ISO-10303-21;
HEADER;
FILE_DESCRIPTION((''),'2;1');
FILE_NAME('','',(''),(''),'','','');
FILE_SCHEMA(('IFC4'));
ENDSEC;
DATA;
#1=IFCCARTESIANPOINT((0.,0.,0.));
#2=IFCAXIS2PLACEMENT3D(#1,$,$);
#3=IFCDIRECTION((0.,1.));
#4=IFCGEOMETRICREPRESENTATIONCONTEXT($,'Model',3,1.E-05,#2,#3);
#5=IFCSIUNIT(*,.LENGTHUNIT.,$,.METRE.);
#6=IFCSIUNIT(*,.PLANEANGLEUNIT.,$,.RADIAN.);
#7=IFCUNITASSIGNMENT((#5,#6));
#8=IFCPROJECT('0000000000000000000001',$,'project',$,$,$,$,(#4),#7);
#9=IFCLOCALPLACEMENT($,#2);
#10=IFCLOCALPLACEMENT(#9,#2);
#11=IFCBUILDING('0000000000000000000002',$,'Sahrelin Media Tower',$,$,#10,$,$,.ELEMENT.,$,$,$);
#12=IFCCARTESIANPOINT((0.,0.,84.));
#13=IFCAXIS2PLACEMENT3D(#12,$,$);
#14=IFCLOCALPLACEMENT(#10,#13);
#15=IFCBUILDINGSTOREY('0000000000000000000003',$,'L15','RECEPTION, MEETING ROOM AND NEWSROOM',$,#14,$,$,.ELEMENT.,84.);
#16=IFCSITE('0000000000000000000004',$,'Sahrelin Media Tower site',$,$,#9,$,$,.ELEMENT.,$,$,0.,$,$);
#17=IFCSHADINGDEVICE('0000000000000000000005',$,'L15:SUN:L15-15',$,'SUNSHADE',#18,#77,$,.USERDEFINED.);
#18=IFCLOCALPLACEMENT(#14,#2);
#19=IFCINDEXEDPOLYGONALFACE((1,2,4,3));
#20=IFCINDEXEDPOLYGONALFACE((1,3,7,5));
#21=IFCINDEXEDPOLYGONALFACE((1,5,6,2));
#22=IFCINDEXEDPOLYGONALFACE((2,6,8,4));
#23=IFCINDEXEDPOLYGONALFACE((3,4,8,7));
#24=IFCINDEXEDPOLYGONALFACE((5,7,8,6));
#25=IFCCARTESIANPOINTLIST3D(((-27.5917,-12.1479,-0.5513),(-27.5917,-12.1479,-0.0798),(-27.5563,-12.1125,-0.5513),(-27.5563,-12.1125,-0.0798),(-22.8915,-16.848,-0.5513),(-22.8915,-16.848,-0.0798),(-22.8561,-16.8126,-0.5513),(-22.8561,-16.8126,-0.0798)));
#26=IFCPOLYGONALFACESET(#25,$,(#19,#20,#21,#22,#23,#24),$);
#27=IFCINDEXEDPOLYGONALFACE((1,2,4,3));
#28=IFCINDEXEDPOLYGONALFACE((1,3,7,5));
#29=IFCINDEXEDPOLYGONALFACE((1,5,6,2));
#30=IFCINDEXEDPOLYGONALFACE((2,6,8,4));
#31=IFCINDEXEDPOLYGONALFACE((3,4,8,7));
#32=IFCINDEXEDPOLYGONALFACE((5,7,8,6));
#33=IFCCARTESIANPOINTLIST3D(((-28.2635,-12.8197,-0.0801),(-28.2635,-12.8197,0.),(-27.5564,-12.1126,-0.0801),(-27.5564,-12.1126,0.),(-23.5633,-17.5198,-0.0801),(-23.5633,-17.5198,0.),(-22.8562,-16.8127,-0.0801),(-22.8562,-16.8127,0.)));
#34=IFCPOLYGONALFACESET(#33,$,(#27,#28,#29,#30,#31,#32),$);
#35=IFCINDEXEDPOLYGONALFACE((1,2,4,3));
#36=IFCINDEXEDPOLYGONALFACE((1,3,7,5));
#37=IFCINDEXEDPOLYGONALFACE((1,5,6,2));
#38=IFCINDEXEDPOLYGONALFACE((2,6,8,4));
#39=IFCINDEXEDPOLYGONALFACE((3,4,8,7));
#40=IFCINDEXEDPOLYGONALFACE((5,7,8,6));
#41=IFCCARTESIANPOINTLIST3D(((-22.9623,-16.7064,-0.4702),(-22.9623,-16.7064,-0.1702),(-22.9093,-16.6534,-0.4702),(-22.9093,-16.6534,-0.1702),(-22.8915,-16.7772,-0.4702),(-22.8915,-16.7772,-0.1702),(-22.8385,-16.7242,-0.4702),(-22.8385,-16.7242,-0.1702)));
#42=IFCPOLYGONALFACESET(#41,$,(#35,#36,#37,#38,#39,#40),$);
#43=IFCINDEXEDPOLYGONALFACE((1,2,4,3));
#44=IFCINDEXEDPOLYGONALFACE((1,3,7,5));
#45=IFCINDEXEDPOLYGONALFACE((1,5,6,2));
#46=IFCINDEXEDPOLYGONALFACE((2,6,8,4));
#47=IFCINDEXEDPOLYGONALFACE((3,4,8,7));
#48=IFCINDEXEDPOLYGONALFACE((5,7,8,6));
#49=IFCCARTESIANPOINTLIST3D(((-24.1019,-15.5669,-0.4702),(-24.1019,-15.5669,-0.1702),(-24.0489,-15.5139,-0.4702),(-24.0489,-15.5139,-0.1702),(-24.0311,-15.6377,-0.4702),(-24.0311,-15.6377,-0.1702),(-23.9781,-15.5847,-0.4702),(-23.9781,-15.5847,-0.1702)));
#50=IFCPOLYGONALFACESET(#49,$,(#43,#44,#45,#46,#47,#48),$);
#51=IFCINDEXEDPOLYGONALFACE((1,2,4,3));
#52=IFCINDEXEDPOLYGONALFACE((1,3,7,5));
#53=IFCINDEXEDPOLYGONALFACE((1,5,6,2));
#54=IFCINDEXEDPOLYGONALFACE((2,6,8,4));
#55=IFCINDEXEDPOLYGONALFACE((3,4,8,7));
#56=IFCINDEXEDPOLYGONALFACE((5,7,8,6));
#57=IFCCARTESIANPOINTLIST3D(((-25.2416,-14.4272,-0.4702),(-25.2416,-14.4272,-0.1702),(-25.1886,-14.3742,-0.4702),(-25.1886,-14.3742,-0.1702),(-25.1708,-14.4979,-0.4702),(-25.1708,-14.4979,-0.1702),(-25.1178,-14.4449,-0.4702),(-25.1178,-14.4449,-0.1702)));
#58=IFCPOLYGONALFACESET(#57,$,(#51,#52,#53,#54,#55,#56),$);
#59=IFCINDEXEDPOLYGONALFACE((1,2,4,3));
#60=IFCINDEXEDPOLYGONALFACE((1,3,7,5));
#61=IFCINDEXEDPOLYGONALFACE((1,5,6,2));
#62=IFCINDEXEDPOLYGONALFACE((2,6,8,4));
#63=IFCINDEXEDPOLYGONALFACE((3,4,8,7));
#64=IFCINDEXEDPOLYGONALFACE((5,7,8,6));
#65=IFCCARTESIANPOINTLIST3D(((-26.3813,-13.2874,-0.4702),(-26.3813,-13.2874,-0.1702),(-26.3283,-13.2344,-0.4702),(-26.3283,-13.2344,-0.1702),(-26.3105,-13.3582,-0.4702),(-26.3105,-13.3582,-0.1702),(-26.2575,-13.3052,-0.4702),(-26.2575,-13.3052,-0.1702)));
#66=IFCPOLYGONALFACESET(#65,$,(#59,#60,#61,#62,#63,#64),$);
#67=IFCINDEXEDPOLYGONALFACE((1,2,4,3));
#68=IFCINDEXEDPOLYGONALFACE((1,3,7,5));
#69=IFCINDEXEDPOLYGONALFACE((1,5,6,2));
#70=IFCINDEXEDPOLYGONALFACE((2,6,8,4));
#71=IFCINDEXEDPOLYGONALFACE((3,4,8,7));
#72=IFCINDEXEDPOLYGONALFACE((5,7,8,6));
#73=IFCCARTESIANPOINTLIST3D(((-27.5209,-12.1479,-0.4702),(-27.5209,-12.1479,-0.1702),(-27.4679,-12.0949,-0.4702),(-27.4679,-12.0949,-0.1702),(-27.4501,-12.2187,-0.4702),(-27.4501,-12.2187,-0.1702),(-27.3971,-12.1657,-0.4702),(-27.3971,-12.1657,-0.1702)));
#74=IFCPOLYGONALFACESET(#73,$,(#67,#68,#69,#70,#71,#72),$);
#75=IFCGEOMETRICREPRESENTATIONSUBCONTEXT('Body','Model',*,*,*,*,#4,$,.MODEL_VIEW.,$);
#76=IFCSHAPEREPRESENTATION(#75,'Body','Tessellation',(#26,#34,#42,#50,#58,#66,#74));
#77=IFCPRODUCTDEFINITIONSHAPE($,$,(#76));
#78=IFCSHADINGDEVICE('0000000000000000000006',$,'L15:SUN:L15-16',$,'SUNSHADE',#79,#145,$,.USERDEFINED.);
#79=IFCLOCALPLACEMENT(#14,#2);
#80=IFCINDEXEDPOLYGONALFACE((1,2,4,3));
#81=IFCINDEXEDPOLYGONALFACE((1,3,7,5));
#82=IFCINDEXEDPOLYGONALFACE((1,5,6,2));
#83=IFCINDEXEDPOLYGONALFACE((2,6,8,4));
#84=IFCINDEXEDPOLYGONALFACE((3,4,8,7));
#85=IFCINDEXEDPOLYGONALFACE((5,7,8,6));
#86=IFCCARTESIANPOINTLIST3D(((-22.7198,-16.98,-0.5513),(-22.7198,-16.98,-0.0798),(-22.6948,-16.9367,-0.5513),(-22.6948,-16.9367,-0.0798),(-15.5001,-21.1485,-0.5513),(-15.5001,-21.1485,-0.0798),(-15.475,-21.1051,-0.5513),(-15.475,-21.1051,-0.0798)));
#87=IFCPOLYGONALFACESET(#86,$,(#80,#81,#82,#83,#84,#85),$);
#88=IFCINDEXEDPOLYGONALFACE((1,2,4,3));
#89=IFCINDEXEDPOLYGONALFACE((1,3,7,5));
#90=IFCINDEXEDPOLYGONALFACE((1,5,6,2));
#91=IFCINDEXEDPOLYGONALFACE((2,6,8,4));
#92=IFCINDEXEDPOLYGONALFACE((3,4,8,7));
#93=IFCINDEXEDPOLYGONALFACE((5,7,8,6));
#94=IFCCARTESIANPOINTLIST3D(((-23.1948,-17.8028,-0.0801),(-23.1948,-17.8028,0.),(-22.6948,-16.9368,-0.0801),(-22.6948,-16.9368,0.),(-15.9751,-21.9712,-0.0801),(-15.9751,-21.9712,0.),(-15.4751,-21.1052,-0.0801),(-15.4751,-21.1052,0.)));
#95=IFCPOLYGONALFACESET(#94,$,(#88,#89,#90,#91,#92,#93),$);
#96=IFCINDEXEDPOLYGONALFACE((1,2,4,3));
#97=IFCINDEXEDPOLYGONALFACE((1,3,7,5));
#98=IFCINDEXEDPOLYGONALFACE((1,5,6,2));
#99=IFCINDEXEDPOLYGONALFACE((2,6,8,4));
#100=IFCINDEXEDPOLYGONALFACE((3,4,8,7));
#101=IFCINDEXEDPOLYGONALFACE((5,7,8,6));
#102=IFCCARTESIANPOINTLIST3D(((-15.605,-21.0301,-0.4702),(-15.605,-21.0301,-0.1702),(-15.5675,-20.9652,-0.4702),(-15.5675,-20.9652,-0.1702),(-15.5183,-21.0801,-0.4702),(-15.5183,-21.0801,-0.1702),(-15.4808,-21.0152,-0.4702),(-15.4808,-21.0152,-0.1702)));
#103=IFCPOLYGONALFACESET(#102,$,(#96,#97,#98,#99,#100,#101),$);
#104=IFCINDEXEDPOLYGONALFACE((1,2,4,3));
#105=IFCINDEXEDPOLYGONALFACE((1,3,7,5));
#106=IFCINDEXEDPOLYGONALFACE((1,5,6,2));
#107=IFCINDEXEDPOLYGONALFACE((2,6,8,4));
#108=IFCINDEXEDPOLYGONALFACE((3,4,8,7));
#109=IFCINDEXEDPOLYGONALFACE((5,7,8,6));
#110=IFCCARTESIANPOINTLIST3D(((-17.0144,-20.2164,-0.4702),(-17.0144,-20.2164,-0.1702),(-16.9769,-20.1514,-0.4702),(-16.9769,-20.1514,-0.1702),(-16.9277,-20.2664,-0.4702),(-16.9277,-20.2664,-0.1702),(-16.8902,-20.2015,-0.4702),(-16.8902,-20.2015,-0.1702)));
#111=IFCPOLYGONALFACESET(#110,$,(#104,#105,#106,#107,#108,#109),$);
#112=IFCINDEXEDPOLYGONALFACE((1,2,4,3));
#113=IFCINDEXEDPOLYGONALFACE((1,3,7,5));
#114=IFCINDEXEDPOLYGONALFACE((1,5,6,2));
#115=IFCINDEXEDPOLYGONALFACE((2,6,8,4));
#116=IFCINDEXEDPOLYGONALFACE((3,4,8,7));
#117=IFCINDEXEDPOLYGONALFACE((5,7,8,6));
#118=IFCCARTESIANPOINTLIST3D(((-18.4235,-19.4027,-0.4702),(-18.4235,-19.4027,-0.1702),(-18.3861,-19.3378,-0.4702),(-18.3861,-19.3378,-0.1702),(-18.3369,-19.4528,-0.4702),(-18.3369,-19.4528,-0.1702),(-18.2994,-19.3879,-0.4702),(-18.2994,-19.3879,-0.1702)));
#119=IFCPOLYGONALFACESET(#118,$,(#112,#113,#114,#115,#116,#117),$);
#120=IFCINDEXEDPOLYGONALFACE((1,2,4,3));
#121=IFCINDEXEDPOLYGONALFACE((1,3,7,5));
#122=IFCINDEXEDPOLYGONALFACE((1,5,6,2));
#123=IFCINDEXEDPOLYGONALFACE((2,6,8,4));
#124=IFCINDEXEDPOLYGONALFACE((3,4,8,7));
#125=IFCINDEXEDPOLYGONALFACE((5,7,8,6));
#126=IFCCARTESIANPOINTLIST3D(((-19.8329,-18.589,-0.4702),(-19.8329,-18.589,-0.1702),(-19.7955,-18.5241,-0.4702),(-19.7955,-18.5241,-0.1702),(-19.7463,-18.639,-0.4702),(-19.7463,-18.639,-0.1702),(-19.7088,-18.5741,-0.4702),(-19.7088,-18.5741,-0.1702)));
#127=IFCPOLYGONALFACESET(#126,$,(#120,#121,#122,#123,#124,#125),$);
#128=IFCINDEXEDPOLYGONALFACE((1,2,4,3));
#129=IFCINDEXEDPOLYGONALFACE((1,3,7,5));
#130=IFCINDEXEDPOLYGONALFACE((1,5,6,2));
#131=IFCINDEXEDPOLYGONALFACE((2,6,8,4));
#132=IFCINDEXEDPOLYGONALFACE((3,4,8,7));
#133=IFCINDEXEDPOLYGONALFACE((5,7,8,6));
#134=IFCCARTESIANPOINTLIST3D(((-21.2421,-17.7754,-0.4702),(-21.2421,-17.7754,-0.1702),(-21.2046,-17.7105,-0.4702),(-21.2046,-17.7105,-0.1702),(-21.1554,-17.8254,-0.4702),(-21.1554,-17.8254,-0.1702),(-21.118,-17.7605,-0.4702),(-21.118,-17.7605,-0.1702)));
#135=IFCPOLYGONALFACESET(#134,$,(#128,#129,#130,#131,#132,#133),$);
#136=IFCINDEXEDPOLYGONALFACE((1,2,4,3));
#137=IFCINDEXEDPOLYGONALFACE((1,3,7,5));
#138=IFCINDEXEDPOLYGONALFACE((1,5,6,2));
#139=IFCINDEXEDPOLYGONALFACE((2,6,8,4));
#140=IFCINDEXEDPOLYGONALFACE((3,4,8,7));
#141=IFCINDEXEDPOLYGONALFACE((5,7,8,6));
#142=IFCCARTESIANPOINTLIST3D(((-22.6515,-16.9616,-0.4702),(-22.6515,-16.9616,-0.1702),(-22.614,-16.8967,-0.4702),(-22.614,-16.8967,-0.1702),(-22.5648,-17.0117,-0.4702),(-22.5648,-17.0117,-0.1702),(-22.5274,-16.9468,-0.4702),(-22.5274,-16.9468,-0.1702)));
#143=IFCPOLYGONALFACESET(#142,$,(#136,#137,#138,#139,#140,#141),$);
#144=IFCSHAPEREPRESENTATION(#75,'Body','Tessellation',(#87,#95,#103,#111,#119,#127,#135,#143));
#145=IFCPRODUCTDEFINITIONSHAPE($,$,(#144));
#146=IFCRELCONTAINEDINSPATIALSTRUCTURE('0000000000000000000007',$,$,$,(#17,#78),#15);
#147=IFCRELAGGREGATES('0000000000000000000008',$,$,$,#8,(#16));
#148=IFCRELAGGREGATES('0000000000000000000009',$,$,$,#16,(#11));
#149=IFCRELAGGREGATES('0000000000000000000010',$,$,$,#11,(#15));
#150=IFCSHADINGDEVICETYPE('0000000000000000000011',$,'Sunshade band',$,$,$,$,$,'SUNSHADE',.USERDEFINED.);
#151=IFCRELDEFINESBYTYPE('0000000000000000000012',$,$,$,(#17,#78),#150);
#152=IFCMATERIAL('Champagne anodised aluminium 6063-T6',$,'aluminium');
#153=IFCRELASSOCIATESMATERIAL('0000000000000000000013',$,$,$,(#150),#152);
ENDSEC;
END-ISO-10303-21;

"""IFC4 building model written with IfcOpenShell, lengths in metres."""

from ifc_helpers import new_model, si_unit, direction, frame, origin, origin_2d, place, context, subcontext, project, spatial, rectangle, extrude, material, type_object, element, save


model = new_model("IFC4")

# Units and contexts
model_context = context("Model", 3, precision=1e-05, world=origin(), true_north=direction((0.0, 1.0)))
body_context = subcontext(model_context, "Body", "Model", "MODEL_VIEW")
ifc_project = project(units=[si_unit("LENGTHUNIT", "METRE"), si_unit("PLANEANGLEUNIT", "RADIAN")], contexts=[model_context])

# Site, building, storey
site_placement = place(None, origin())
site = spatial("IfcSite", under=ifc_project, at=site_placement, Name="Sahrelin Media Tower site", CompositionType="ELEMENT", RefElevation=0.0)
building_placement = place(site_placement, origin())
building = spatial("IfcBuilding", under=site, at=building_placement, Name="Sahrelin Media Tower", CompositionType="ELEMENT")
storey_placement = place(building_placement, frame((0.0, 0.0, 84.0)))
storey = spatial("IfcBuildingStorey", under=building, at=storey_placement, Name="L15", Description="RECEPTION, MEETING ROOM AND NEWSROOM", CompositionType="ELEMENT", Elevation=84.0)

# Shared definitions
ifc_material_1 = material(Name="Champagne anodised aluminium 6063-T6", Category="aluminium")

# Shading devices
placement_1 = place(storey_placement, frame((-25.1921, -14.4485, 0.0), z_axis=(0.0, 0.0, 1.0), x_axis=(-0.707107, 0.707107, 0.0)))
placement_2 = place(storey_placement, frame((-19.075, -19.0037, 0.0), z_axis=(0.0, 0.0, 1.0), x_axis=(-0.866019, 0.500011, 0.0)))
shading_device_type_1 = type_object("IfcShadingDeviceType", Name="Sunshade band", ElementType="SUNSHADE", PredefinedType="USERDEFINED", material=ifc_material_1)
element("IfcShadingDevice", 1, at=placement_1, inside=storey, type_object=shading_device_type_1, Name="L15:SUN:L15-15", ObjectType="SUNSHADE", PredefinedType="USERDEFINED", context=body_context, shape_type="SweptSolid", body=[
    extrude(rectangle(XDim=6.647, YDim=0.05, at=origin_2d()), frame((0.0, 0.0449, -0.5513)), (0.0, 0.0, 1.0), 0.4714),
    extrude(rectangle(XDim=6.647, YDim=1.0, at=origin_2d()), frame((0.0, 0.52, -0.0801)), (0.0, 0.0, 1.0), 0.0801),
    extrude(rectangle(XDim=0.1001, YDim=0.075, at=origin_2d()), frame((-3.2234, -0.0176, -0.4702)), (0.0, 0.0, 1.0), 0.3),
    extrude(rectangle(XDim=0.1001, YDim=0.075, at=origin_2d()), frame((-1.6118, -0.0176, -0.4702)), (0.0, 0.0, 1.0), 0.3),
    extrude(rectangle(XDim=0.1001, YDim=0.075, at=origin_2d()), frame((0.0, -0.0176, -0.4702)), (0.0, 0.0, 1.0), 0.3),
    extrude(rectangle(XDim=0.1001, YDim=0.075, at=origin_2d()), frame((1.6118, -0.0176, -0.4702)), (0.0, 0.0, 1.0), 0.3),
    extrude(rectangle(XDim=0.1001, YDim=0.075, at=origin_2d()), frame((3.2234, -0.0176, -0.4702)), (0.0, 0.0, 1.0), 0.3),
])
element("IfcShadingDevice", 2, at=placement_2, inside=storey, type_object=shading_device_type_1, Name="L15:SUN:L15-16", ObjectType="SUNSHADE", PredefinedType="USERDEFINED", context=body_context, shape_type="SweptSolid", body=[
    extrude(rectangle(XDim=8.3367, YDim=0.05, at=origin_2d()), frame((0.0, 0.0449, -0.5513)), (0.0, 0.0, 1.0), 0.4714),
    extrude(rectangle(XDim=8.3367, YDim=1.0, at=origin_2d()), frame((0.0, 0.52, -0.0801)), (0.0, 0.0, 1.0), 0.0801),
    extrude(rectangle(XDim=0.1001, YDim=0.075, at=origin_2d()), frame((-4.0684, -0.0176, -0.4702)), (0.0, 0.0, 1.0), 0.3),
    extrude(rectangle(XDim=0.1001, YDim=0.075, at=origin_2d()), frame((-2.4409, -0.0176, -0.4702)), (0.0, 0.0, 1.0), 0.3),
    extrude(rectangle(XDim=0.1001, YDim=0.075, at=origin_2d()), frame((-0.8137, -0.0176, -0.4702)), (0.0, 0.0, 1.0), 0.3),
    extrude(rectangle(XDim=0.1001, YDim=0.075, at=origin_2d()), frame((0.8137, -0.0176, -0.4702)), (0.0, 0.0, 1.0), 0.3),
    extrude(rectangle(XDim=0.1001, YDim=0.075, at=origin_2d()), frame((2.4409, -0.0176, -0.4702)), (0.0, 0.0, 1.0), 0.3),
    extrude(rectangle(XDim=0.1001, YDim=0.075, at=origin_2d()), frame((4.0684, -0.0176, -0.4702)), (0.0, 0.0, 1.0), 0.3),
])

save(model, "model.ifc")
